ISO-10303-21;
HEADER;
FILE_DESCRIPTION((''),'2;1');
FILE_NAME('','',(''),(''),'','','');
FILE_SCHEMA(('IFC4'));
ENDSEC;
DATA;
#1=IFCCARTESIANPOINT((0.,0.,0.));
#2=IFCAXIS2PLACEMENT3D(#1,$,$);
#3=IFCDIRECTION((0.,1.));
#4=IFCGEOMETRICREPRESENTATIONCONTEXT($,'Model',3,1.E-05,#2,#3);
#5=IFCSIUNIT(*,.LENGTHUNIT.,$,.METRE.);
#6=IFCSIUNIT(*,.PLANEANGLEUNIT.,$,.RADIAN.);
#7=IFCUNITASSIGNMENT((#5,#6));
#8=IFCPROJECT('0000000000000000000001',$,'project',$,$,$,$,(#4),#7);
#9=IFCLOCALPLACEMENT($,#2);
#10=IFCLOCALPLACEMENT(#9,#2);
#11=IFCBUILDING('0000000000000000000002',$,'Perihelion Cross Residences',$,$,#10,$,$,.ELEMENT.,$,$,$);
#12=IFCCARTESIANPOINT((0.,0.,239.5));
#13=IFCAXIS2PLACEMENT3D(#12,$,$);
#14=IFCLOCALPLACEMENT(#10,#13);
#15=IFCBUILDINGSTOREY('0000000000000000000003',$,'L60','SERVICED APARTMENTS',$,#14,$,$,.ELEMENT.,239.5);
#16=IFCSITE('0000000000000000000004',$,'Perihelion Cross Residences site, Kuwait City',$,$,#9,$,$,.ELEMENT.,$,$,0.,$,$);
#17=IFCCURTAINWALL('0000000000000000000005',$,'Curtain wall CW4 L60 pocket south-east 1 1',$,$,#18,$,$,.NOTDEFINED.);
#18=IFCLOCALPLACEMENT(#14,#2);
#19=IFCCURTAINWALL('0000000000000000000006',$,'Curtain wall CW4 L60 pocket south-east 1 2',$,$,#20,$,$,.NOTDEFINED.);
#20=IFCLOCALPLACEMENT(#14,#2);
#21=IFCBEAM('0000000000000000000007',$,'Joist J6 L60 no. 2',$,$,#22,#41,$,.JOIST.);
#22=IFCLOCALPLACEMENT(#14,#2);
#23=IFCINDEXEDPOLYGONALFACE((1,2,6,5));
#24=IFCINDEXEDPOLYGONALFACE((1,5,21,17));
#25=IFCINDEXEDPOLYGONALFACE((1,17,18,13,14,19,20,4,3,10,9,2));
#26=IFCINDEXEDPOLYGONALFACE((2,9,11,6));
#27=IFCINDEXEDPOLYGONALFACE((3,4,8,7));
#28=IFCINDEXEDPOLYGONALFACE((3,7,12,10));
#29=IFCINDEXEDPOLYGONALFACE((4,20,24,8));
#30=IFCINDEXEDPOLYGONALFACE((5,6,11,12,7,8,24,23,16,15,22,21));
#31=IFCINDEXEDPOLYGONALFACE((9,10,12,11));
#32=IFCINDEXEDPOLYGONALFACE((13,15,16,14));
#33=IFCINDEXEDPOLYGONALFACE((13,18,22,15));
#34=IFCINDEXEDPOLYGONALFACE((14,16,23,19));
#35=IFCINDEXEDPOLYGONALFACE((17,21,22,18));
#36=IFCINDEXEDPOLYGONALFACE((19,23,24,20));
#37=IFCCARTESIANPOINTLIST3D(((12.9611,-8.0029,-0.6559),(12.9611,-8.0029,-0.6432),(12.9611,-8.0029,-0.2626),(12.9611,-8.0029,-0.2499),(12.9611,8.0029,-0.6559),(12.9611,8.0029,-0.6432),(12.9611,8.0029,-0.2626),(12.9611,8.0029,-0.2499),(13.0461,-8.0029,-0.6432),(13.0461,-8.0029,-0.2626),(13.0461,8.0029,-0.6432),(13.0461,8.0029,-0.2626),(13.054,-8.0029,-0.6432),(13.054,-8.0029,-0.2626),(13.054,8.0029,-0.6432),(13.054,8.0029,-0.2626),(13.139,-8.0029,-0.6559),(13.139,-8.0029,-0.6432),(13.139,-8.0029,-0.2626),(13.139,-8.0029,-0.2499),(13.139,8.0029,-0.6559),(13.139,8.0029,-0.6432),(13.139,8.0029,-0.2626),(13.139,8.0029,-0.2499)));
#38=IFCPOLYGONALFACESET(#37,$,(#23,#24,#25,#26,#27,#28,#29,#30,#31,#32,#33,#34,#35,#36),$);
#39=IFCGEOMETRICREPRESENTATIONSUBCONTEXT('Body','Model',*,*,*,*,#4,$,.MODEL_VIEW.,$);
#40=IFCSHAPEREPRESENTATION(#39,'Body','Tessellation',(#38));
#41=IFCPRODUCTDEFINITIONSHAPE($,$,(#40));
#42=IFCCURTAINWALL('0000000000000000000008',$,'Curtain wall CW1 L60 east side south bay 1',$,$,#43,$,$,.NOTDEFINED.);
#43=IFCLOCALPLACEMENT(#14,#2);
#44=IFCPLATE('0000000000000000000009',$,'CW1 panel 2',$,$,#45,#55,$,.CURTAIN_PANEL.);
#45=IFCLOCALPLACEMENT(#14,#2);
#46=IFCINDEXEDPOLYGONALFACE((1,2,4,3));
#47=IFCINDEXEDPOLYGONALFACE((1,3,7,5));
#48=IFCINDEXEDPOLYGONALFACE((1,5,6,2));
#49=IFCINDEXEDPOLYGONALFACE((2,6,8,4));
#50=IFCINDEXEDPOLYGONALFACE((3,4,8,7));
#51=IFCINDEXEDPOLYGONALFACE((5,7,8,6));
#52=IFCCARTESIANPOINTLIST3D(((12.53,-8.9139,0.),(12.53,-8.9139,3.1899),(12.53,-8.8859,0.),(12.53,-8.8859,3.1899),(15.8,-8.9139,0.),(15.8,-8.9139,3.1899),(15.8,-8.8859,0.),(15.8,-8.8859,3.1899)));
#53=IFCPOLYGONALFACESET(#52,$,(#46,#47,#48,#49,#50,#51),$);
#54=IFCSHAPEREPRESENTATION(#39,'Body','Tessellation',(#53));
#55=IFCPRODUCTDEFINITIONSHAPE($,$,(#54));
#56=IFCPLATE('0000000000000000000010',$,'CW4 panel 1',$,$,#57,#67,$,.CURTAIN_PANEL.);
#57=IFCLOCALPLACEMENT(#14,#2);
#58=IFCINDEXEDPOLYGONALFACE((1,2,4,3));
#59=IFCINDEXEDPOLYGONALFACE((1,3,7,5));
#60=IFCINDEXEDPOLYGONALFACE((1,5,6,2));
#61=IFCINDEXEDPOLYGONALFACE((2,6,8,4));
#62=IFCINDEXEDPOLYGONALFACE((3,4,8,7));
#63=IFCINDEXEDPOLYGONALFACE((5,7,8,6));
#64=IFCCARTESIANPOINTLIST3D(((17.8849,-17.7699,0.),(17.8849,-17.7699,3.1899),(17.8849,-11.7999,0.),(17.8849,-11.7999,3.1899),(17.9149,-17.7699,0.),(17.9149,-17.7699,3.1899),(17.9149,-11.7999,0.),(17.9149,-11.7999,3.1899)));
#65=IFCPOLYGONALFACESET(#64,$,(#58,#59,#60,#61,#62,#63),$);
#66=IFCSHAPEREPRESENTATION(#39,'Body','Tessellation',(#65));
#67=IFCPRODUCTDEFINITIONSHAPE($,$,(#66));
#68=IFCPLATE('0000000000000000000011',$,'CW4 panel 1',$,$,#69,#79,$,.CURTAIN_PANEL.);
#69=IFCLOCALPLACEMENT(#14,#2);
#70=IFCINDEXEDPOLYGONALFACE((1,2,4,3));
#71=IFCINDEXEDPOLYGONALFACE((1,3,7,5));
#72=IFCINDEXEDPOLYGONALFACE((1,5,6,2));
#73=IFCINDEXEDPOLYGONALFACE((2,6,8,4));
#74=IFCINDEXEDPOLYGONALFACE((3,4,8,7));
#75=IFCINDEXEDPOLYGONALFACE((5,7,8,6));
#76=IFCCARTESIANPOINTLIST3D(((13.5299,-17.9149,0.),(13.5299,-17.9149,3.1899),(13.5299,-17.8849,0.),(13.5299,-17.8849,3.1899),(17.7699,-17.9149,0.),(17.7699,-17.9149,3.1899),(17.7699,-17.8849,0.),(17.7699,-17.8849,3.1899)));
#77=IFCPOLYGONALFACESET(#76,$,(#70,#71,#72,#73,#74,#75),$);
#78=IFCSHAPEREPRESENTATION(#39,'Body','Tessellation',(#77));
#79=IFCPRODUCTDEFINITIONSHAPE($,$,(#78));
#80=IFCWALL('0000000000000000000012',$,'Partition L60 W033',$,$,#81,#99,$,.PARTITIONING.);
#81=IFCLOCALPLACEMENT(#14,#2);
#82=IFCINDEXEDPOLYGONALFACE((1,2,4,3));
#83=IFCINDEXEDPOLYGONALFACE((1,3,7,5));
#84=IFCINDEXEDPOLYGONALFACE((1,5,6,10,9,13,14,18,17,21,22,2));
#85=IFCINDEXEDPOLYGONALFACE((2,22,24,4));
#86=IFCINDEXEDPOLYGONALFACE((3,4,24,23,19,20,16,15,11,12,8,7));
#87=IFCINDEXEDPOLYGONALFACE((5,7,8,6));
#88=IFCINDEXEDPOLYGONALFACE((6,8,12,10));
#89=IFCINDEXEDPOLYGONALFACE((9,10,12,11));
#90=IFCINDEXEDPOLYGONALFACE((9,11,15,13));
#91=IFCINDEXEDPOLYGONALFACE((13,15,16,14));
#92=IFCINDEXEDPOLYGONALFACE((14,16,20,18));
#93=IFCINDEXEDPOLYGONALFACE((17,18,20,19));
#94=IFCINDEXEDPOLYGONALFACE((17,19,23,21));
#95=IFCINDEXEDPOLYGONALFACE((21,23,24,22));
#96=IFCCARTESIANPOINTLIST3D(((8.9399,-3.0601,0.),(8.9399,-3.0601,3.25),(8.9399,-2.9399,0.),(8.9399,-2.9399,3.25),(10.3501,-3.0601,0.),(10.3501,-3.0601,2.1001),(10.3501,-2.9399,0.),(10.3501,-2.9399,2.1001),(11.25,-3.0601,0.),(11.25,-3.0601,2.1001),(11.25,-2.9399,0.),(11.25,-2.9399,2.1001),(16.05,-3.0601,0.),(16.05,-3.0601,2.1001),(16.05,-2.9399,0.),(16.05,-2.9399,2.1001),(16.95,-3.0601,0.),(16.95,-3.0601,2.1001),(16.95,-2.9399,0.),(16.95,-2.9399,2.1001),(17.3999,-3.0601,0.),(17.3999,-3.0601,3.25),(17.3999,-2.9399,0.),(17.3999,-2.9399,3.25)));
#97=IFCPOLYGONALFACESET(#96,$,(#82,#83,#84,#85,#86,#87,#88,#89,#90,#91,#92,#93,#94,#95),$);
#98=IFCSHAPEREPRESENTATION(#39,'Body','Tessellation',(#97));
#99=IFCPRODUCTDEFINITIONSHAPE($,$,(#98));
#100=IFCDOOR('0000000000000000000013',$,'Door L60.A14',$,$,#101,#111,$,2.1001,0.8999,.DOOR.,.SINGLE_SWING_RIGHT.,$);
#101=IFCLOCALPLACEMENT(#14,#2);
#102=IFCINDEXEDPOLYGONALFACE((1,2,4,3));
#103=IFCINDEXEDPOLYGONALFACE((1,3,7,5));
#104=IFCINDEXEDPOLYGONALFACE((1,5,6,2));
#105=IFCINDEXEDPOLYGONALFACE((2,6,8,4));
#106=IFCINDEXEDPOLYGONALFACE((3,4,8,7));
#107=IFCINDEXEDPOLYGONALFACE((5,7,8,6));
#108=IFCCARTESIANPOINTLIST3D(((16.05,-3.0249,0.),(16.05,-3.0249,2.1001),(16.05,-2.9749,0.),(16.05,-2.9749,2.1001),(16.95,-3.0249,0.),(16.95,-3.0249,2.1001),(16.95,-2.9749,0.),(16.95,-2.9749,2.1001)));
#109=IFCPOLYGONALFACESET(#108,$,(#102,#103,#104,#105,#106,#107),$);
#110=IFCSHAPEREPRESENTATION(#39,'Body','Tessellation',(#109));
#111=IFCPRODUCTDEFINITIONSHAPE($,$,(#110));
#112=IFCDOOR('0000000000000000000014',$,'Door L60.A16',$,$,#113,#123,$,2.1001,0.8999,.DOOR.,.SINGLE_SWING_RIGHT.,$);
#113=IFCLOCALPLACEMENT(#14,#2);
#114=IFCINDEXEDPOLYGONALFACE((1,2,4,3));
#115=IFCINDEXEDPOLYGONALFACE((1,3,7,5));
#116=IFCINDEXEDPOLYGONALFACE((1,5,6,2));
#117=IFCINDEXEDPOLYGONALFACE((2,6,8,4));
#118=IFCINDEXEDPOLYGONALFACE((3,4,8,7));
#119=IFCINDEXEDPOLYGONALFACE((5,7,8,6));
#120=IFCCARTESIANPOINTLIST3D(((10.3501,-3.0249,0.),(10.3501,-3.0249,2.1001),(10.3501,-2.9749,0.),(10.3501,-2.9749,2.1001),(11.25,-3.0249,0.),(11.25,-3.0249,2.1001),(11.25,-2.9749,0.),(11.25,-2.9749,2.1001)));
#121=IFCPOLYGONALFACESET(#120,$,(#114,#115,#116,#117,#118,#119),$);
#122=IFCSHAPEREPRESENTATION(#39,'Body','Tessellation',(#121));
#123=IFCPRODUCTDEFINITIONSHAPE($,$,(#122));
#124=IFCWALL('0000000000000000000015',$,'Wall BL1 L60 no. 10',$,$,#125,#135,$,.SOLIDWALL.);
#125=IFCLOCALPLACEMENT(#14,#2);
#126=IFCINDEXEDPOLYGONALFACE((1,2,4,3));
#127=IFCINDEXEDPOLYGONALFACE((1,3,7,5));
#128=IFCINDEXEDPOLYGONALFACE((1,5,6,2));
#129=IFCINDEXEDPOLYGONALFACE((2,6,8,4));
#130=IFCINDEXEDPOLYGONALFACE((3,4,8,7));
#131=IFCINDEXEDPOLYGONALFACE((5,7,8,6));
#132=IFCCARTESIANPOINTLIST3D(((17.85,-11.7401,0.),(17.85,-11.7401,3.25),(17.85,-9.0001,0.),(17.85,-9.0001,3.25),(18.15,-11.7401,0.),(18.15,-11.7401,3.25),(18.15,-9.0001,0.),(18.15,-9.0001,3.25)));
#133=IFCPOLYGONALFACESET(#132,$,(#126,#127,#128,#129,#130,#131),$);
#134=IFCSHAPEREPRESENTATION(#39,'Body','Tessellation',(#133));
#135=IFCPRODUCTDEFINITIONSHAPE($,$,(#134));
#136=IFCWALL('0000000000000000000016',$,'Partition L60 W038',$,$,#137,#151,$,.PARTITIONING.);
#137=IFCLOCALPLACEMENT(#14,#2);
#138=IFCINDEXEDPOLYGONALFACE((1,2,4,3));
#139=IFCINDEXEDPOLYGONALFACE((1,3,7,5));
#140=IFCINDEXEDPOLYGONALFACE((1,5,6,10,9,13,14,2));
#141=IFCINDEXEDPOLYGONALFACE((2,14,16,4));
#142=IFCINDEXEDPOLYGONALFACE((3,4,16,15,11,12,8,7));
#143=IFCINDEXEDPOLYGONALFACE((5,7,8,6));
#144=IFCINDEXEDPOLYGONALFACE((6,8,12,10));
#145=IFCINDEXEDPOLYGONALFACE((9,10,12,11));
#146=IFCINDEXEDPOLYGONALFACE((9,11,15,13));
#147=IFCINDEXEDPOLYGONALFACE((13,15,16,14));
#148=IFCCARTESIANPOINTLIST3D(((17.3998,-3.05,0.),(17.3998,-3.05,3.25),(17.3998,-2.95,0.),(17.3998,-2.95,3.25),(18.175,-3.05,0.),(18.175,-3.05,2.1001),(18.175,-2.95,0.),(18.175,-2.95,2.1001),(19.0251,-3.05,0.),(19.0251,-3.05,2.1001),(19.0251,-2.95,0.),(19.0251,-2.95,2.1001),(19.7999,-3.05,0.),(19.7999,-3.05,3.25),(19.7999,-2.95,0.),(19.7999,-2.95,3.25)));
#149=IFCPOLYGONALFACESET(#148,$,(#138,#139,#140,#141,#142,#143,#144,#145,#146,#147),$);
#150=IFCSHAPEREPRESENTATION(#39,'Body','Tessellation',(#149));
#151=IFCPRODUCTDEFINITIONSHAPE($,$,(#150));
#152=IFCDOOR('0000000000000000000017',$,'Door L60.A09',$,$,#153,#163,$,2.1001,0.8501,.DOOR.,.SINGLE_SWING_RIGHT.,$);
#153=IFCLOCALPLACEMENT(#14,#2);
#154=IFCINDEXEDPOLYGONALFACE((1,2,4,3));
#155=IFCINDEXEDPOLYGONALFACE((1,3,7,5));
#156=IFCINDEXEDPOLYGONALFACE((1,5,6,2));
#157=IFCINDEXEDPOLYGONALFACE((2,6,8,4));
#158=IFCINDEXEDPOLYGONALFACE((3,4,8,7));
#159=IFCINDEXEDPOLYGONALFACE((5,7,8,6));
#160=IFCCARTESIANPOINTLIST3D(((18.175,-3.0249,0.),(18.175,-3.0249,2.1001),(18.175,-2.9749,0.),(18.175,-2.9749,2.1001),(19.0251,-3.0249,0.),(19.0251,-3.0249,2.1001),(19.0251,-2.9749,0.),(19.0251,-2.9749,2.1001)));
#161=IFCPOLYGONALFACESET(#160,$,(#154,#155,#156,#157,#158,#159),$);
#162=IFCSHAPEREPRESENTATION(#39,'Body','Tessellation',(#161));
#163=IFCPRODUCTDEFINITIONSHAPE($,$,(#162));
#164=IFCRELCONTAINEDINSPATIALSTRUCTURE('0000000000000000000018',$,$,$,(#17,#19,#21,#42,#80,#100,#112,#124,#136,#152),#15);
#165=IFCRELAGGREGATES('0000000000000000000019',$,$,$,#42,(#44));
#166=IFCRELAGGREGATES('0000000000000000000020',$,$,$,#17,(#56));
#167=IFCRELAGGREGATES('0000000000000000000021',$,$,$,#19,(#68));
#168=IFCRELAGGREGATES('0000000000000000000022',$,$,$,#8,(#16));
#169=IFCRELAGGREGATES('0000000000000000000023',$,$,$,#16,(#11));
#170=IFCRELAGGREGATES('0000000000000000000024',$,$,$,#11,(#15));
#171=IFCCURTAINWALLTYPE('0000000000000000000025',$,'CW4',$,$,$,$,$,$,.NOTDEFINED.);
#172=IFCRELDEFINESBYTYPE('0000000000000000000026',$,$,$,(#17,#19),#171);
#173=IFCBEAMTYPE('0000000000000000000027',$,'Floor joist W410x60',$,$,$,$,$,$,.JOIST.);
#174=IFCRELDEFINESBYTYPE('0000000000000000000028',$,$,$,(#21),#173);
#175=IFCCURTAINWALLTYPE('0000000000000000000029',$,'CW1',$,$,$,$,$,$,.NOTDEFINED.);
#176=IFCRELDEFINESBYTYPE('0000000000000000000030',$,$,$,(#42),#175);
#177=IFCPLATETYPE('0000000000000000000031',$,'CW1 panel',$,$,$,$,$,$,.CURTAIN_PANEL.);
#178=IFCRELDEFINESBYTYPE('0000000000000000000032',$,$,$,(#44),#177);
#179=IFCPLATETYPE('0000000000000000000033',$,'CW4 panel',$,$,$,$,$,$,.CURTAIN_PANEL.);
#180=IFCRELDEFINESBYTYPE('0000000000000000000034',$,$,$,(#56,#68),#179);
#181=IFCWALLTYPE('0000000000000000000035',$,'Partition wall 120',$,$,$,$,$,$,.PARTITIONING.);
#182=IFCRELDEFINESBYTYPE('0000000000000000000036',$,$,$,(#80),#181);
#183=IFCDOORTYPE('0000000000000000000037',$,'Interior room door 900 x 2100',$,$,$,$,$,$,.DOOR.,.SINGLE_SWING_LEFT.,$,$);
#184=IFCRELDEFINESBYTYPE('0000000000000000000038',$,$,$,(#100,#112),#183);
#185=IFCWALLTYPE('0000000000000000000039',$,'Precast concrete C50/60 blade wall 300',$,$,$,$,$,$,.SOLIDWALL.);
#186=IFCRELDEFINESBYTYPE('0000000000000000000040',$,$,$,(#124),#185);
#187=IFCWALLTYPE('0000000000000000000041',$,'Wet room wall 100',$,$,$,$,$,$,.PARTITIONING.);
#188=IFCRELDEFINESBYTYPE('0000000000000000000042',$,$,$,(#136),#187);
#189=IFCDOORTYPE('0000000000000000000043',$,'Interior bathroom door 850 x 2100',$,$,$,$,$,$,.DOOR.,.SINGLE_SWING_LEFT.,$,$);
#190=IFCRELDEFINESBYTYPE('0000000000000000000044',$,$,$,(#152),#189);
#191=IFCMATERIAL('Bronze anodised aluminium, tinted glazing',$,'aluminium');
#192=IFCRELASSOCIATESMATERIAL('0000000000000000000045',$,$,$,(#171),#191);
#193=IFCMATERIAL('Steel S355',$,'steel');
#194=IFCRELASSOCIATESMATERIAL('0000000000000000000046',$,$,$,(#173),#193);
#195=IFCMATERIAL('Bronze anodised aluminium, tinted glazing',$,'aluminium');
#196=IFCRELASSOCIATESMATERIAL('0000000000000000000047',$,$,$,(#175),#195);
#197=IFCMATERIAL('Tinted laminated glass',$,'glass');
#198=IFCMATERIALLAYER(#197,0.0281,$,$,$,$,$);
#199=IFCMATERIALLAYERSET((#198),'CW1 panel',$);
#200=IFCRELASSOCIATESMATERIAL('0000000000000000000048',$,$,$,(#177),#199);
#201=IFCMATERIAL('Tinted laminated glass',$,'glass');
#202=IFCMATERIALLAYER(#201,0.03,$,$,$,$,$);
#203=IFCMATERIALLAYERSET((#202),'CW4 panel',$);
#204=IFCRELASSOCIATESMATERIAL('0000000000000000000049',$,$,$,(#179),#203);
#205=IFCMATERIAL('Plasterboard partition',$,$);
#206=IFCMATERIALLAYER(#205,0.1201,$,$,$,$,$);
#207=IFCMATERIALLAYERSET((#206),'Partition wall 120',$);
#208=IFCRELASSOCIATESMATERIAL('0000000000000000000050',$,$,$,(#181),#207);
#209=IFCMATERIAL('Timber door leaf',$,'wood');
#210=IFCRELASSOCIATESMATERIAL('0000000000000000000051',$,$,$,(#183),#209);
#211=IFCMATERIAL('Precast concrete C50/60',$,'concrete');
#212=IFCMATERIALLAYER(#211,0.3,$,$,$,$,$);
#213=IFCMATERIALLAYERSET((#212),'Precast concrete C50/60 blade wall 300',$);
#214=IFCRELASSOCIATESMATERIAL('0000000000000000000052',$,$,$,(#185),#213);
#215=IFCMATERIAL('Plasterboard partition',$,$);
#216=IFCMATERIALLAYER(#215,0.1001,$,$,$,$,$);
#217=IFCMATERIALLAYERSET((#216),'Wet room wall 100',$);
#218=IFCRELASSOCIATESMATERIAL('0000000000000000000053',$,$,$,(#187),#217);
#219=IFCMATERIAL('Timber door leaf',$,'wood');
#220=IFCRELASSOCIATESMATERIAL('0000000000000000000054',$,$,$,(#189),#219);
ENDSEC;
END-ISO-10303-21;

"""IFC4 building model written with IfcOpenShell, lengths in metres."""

from ifc_helpers import new_model, si_unit, direction, frame, frame_2d, origin, origin_2d, place, context, subcontext, project, spatial, rectangle, i_section, extrude, material, layer, layer_set, material_profile, profile_set, type_object, element, fill, aggregate, save


model = new_model("IFC4")

# Units and contexts
model_context = context("Model", 3, precision=1e-05, world=origin(), true_north=direction((0.0, 1.0)))
body_context = subcontext(model_context, "Body", "Model", "MODEL_VIEW")
ifc_project = project(units=[si_unit("LENGTHUNIT", "METRE"), si_unit("PLANEANGLEUNIT", "RADIAN")], contexts=[model_context])

# Site, building, storey
site_placement = place(None, origin())
site = spatial("IfcSite", under=ifc_project, at=site_placement, Name="Perihelion Cross Residences site, Kuwait City", CompositionType="ELEMENT", RefElevation=0.0)
building_placement = place(site_placement, origin())
building = spatial("IfcBuilding", under=site, at=building_placement, Name="Perihelion Cross Residences", CompositionType="ELEMENT")
storey_placement = place(building_placement, frame((0.0, 0.0, 239.5)))
storey = spatial("IfcBuildingStorey", under=building, at=storey_placement, Name="L60", Description="SERVICED APARTMENTS", CompositionType="ELEMENT", Elevation=239.5)

# Curtain walls
ifc_material_1 = material(Name="Bronze anodised aluminium, tinted glazing", Category="aluminium")
curtain_wall_type_1 = type_object("IfcCurtainWallType", Name="CW4", PredefinedType="NOTDEFINED", material=ifc_material_1)
curtain_wall_1_placement = place(storey_placement, origin())
curtain_wall_1 = element("IfcCurtainWall", 1, at=curtain_wall_1_placement, inside=storey, type_object=curtain_wall_type_1, Name="Curtain wall CW4 L60 pocket south-east 1 1", PredefinedType="NOTDEFINED")
curtain_wall_2_placement = place(storey_placement, origin())
curtain_wall_2 = element("IfcCurtainWall", 2, at=curtain_wall_2_placement, inside=storey, type_object=curtain_wall_type_1, Name="Curtain wall CW4 L60 pocket south-east 1 2", PredefinedType="NOTDEFINED")

# Beam
ifc_material_2 = material(Name="Steel S355", Category="steel")
ifc_material_profile_1 = material_profile(ifc_material_2, i_section(OverallWidth=0.178, OverallDepth=0.406, WebThickness=0.0078, FlangeThickness=0.0127, at=origin_2d()), Name="W410x60")
ifc_profile_set_1 = profile_set([ifc_material_profile_1], Name="Steel S355")
beam_type_1 = type_object("IfcBeamType", Name="Floor joist W410x60", PredefinedType="JOIST", material=ifc_profile_set_1)
beam_1_placement = place(storey_placement, frame((13.05, -8.0029, -0.4529), z_axis=(0.0, 1.0, 0.0), x_axis=(-1.0, 0.0, 0.0)))
element("IfcBeam", 3, at=beam_1_placement, inside=storey, type_object=beam_type_1, Name="Joist J6 L60 no. 2", PredefinedType="JOIST", context=body_context, shape_type="SweptSolid", body=[
    extrude(i_section(OverallWidth=0.178, OverallDepth=0.406, WebThickness=0.0078, FlangeThickness=0.0127, at=origin_2d()), origin(), (0.0, 0.0, 1.0), 16.0059),
])

# Curtain wall, plate
ifc_material_3 = material(Name="Bronze anodised aluminium, tinted glazing", Category="aluminium")
curtain_wall_type_2 = type_object("IfcCurtainWallType", Name="CW1", PredefinedType="NOTDEFINED", material=ifc_material_3)
curtain_wall_3_placement = place(storey_placement, origin())
curtain_wall_3 = element("IfcCurtainWall", 4, at=curtain_wall_3_placement, inside=storey, type_object=curtain_wall_type_2, Name="Curtain wall CW1 L60 east side south bay 1", PredefinedType="NOTDEFINED")
ifc_material_4 = material(Name="Tinted laminated glass", Category="glass")
ifc_layer_1 = layer(ifc_material_4, 0.0281)
ifc_layer_set_1 = layer_set([ifc_layer_1], Name="CW1 panel")
plate_type_1 = type_object("IfcPlateType", Name="CW1 panel", PredefinedType="CURTAIN_PANEL", material=ifc_layer_set_1)
plate_1_placement = place(storey_placement, frame((14.165, -8.8999, 0.0), z_axis=(0.0, 0.0, 1.0), x_axis=(1.0, 0.0, 0.0)))
plate_1 = element("IfcPlate", 5, at=plate_1_placement, type_object=plate_type_1, Name="CW1 panel 2", PredefinedType="CURTAIN_PANEL", context=body_context, shape_type="SweptSolid", body=[
    extrude(rectangle(XDim=3.27, YDim=0.0281, at=origin_2d()), origin(), (0.0, 0.0, 1.0), 3.1899),
])
aggregate(curtain_wall_3, [plate_1])

# Plates
ifc_material_5 = material(Name="Tinted laminated glass", Category="glass")
ifc_layer_2 = layer(ifc_material_5, 0.03)
ifc_layer_set_2 = layer_set([ifc_layer_2], Name="CW4 panel")
plate_type_2 = type_object("IfcPlateType", Name="CW4 panel", PredefinedType="CURTAIN_PANEL", material=ifc_layer_set_2)
plate_2_placement = place(storey_placement, frame((17.8999, -14.7849, 0.0), z_axis=(0.0, 0.0, 1.0), x_axis=(0.0, -1.0, 0.0)))
plate_2 = element("IfcPlate", 6, at=plate_2_placement, type_object=plate_type_2, Name="CW4 panel 1", PredefinedType="CURTAIN_PANEL", context=body_context, shape_type="SweptSolid", body=[
    extrude(rectangle(XDim=5.97, YDim=0.03, at=origin_2d()), origin(), (0.0, 0.0, 1.0), 3.1899),
])
aggregate(curtain_wall_1, [plate_2])
plate_3_placement = place(storey_placement, frame((15.6499, -17.8999, 0.0), z_axis=(0.0, 0.0, 1.0), x_axis=(-1.0, 0.0, 0.0)))
plate_3 = element("IfcPlate", 7, at=plate_3_placement, type_object=plate_type_2, Name="CW4 panel 1", PredefinedType="CURTAIN_PANEL", context=body_context, shape_type="SweptSolid", body=[
    extrude(rectangle(XDim=4.24, YDim=0.03, at=origin_2d()), origin(), (0.0, 0.0, 1.0), 3.1899),
])
aggregate(curtain_wall_2, [plate_3])

# Wall, openings, doors
ifc_material_6 = material(Name="Plasterboard partition")
ifc_layer_3 = layer(ifc_material_6, 0.1201)
ifc_layer_set_3 = layer_set([ifc_layer_3], Name="Partition wall 120")
wall_type_1 = type_object("IfcWallType", Name="Partition wall 120", PredefinedType="PARTITIONING", material=ifc_layer_set_3)
wall_1_placement = place(storey_placement, frame((17.3999, -3.0, 0.0), z_axis=(0.0, 0.0, 1.0), x_axis=(-1.0, 0.0, 0.0)))
wall_1 = element("IfcWall", 8, at=wall_1_placement, inside=storey, type_object=wall_type_1, Name="Partition L60 W033", PredefinedType="PARTITIONING", context=body_context, shape_type="SweptSolid", body=[
    extrude(rectangle(XDim=8.46, YDim=0.1201, at=frame_2d((4.23, 0.0))), origin(), (0.0, 0.0, 1.0), 3.25),
])
opening_1_placement = place(wall_1_placement, frame((0.45, 0.0, 0.0)))
opening_1 = element("IfcOpeningElement", 9, at=opening_1_placement, cuts=wall_1, PredefinedType="OPENING", context=body_context, shape_type="SweptSolid", body=[
    extrude(rectangle(XDim=0.8999, YDim=2.1001, at=frame_2d((0.45, 1.05))), frame((0.0, 0.0701, 0.0), z_axis=(0.0, -1.0, 0.0), x_axis=(1.0, 0.0, 0.0)), (0.0, 0.0, 1.0), 0.1401),
])
opening_2_placement = place(wall_1_placement, frame((6.1499, 0.0, 0.0)))
opening_2 = element("IfcOpeningElement", 10, at=opening_2_placement, cuts=wall_1, PredefinedType="OPENING", context=body_context, shape_type="SweptSolid", body=[
    extrude(rectangle(XDim=0.8999, YDim=2.1001, at=frame_2d((0.45, 1.05))), frame((0.0, 0.0701, 0.0), z_axis=(0.0, -1.0, 0.0), x_axis=(1.0, 0.0, 0.0)), (0.0, 0.0, 1.0), 0.1401),
])
ifc_material_7 = material(Name="Timber door leaf", Category="wood")
door_type_1 = type_object("IfcDoorType", Name="Interior room door 900 x 2100", OperationType="SINGLE_SWING_LEFT", PredefinedType="DOOR", material=ifc_material_7)
door_1_placement = place(opening_1_placement, origin())
door_1 = element("IfcDoor", 11, at=door_1_placement, inside=storey, type_object=door_type_1, Name="Door L60.A14", OperationType="SINGLE_SWING_RIGHT", OverallHeight=2.1001, OverallWidth=0.8999, PredefinedType="DOOR", context=body_context, shape_type="SweptSolid", body=[
    extrude(rectangle(XDim=0.8999, YDim=2.1001, at=frame_2d((0.45, 1.05))), frame((0.0, 0.0249, 0.0), z_axis=(0.0, -1.0, 0.0), x_axis=(1.0, 0.0, 0.0)), (0.0, 0.0, 1.0), 0.05),
])
fill(opening_1, door_1)
door_2_placement = place(opening_2_placement, origin())
door_2 = element("IfcDoor", 12, at=door_2_placement, inside=storey, type_object=door_type_1, Name="Door L60.A16", OperationType="SINGLE_SWING_RIGHT", OverallHeight=2.1001, OverallWidth=0.8999, PredefinedType="DOOR", context=body_context, shape_type="SweptSolid", body=[
    extrude(rectangle(XDim=0.8999, YDim=2.1001, at=frame_2d((0.45, 1.05))), frame((0.0, 0.0249, 0.0), z_axis=(0.0, -1.0, 0.0), x_axis=(1.0, 0.0, 0.0)), (0.0, 0.0, 1.0), 0.05),
])
fill(opening_2, door_2)

# Wall
ifc_material_8 = material(Name="Precast concrete C50/60", Category="concrete")
ifc_layer_4 = layer(ifc_material_8, 0.3)
ifc_layer_set_4 = layer_set([ifc_layer_4], Name="Precast concrete C50/60 blade wall 300")
wall_type_2 = type_object("IfcWallType", Name="Precast concrete C50/60 blade wall 300", PredefinedType="SOLIDWALL", material=ifc_layer_set_4)
wall_2_placement = place(storey_placement, frame((18.0, -9.0, 0.0), z_axis=(0.0, 0.0, 1.0), x_axis=(0.0, -1.0, 0.0)))
element("IfcWall", 13, at=wall_2_placement, inside=storey, type_object=wall_type_2, Name="Wall BL1 L60 no. 10", PredefinedType="SOLIDWALL", context=body_context, shape_type="SweptSolid", body=[
    extrude(rectangle(XDim=2.74, YDim=0.3, at=frame_2d((1.3701, 0.0))), origin(), (0.0, 0.0, 1.0), 3.25),
])

# Wall, opening, door
ifc_material_9 = material(Name="Plasterboard partition")
ifc_layer_5 = layer(ifc_material_9, 0.1001)
ifc_layer_set_5 = layer_set([ifc_layer_5], Name="Wet room wall 100")
wall_type_3 = type_object("IfcWallType", Name="Wet room wall 100", PredefinedType="PARTITIONING", material=ifc_layer_set_5)
wall_3_placement = place(storey_placement, frame((19.8, -3.0, 0.0), z_axis=(0.0, 0.0, 1.0), x_axis=(-1.0, 0.0, 0.0)))
wall_3 = element("IfcWall", 14, at=wall_3_placement, inside=storey, type_object=wall_type_3, Name="Partition L60 W038", PredefinedType="PARTITIONING", context=body_context, shape_type="SweptSolid", body=[
    extrude(rectangle(XDim=2.4001, YDim=0.1001, at=frame_2d((1.2002, 0.0))), origin(), (0.0, 0.0, 1.0), 3.25),
])
opening_3_placement = place(wall_3_placement, frame((0.7749, 0.0, 0.0)))
opening_3 = element("IfcOpeningElement", 15, at=opening_3_placement, cuts=wall_3, PredefinedType="OPENING", context=body_context, shape_type="SweptSolid", body=[
    extrude(rectangle(XDim=0.8501, YDim=2.1001, at=frame_2d((0.425, 1.05))), frame((0.0, 0.0601, 0.0), z_axis=(0.0, -1.0, 0.0), x_axis=(1.0, 0.0, 0.0)), (0.0, 0.0, 1.0), 0.1201),
])
ifc_material_10 = material(Name="Timber door leaf", Category="wood")
door_type_2 = type_object("IfcDoorType", Name="Interior bathroom door 850 x 2100", OperationType="SINGLE_SWING_LEFT", PredefinedType="DOOR", material=ifc_material_10)
door_3_placement = place(opening_3_placement, origin())
door_3 = element("IfcDoor", 16, at=door_3_placement, inside=storey, type_object=door_type_2, Name="Door L60.A09", OperationType="SINGLE_SWING_RIGHT", OverallHeight=2.1001, OverallWidth=0.8501, PredefinedType="DOOR", context=body_context, shape_type="SweptSolid", body=[
    extrude(rectangle(XDim=0.8501, YDim=2.1001, at=frame_2d((0.425, 1.05))), frame((0.0, 0.0249, 0.0), z_axis=(0.0, -1.0, 0.0), x_axis=(1.0, 0.0, 0.0)), (0.0, 0.0, 1.0), 0.05),
])
fill(opening_3, door_3)

save(model, "model.ifc")
